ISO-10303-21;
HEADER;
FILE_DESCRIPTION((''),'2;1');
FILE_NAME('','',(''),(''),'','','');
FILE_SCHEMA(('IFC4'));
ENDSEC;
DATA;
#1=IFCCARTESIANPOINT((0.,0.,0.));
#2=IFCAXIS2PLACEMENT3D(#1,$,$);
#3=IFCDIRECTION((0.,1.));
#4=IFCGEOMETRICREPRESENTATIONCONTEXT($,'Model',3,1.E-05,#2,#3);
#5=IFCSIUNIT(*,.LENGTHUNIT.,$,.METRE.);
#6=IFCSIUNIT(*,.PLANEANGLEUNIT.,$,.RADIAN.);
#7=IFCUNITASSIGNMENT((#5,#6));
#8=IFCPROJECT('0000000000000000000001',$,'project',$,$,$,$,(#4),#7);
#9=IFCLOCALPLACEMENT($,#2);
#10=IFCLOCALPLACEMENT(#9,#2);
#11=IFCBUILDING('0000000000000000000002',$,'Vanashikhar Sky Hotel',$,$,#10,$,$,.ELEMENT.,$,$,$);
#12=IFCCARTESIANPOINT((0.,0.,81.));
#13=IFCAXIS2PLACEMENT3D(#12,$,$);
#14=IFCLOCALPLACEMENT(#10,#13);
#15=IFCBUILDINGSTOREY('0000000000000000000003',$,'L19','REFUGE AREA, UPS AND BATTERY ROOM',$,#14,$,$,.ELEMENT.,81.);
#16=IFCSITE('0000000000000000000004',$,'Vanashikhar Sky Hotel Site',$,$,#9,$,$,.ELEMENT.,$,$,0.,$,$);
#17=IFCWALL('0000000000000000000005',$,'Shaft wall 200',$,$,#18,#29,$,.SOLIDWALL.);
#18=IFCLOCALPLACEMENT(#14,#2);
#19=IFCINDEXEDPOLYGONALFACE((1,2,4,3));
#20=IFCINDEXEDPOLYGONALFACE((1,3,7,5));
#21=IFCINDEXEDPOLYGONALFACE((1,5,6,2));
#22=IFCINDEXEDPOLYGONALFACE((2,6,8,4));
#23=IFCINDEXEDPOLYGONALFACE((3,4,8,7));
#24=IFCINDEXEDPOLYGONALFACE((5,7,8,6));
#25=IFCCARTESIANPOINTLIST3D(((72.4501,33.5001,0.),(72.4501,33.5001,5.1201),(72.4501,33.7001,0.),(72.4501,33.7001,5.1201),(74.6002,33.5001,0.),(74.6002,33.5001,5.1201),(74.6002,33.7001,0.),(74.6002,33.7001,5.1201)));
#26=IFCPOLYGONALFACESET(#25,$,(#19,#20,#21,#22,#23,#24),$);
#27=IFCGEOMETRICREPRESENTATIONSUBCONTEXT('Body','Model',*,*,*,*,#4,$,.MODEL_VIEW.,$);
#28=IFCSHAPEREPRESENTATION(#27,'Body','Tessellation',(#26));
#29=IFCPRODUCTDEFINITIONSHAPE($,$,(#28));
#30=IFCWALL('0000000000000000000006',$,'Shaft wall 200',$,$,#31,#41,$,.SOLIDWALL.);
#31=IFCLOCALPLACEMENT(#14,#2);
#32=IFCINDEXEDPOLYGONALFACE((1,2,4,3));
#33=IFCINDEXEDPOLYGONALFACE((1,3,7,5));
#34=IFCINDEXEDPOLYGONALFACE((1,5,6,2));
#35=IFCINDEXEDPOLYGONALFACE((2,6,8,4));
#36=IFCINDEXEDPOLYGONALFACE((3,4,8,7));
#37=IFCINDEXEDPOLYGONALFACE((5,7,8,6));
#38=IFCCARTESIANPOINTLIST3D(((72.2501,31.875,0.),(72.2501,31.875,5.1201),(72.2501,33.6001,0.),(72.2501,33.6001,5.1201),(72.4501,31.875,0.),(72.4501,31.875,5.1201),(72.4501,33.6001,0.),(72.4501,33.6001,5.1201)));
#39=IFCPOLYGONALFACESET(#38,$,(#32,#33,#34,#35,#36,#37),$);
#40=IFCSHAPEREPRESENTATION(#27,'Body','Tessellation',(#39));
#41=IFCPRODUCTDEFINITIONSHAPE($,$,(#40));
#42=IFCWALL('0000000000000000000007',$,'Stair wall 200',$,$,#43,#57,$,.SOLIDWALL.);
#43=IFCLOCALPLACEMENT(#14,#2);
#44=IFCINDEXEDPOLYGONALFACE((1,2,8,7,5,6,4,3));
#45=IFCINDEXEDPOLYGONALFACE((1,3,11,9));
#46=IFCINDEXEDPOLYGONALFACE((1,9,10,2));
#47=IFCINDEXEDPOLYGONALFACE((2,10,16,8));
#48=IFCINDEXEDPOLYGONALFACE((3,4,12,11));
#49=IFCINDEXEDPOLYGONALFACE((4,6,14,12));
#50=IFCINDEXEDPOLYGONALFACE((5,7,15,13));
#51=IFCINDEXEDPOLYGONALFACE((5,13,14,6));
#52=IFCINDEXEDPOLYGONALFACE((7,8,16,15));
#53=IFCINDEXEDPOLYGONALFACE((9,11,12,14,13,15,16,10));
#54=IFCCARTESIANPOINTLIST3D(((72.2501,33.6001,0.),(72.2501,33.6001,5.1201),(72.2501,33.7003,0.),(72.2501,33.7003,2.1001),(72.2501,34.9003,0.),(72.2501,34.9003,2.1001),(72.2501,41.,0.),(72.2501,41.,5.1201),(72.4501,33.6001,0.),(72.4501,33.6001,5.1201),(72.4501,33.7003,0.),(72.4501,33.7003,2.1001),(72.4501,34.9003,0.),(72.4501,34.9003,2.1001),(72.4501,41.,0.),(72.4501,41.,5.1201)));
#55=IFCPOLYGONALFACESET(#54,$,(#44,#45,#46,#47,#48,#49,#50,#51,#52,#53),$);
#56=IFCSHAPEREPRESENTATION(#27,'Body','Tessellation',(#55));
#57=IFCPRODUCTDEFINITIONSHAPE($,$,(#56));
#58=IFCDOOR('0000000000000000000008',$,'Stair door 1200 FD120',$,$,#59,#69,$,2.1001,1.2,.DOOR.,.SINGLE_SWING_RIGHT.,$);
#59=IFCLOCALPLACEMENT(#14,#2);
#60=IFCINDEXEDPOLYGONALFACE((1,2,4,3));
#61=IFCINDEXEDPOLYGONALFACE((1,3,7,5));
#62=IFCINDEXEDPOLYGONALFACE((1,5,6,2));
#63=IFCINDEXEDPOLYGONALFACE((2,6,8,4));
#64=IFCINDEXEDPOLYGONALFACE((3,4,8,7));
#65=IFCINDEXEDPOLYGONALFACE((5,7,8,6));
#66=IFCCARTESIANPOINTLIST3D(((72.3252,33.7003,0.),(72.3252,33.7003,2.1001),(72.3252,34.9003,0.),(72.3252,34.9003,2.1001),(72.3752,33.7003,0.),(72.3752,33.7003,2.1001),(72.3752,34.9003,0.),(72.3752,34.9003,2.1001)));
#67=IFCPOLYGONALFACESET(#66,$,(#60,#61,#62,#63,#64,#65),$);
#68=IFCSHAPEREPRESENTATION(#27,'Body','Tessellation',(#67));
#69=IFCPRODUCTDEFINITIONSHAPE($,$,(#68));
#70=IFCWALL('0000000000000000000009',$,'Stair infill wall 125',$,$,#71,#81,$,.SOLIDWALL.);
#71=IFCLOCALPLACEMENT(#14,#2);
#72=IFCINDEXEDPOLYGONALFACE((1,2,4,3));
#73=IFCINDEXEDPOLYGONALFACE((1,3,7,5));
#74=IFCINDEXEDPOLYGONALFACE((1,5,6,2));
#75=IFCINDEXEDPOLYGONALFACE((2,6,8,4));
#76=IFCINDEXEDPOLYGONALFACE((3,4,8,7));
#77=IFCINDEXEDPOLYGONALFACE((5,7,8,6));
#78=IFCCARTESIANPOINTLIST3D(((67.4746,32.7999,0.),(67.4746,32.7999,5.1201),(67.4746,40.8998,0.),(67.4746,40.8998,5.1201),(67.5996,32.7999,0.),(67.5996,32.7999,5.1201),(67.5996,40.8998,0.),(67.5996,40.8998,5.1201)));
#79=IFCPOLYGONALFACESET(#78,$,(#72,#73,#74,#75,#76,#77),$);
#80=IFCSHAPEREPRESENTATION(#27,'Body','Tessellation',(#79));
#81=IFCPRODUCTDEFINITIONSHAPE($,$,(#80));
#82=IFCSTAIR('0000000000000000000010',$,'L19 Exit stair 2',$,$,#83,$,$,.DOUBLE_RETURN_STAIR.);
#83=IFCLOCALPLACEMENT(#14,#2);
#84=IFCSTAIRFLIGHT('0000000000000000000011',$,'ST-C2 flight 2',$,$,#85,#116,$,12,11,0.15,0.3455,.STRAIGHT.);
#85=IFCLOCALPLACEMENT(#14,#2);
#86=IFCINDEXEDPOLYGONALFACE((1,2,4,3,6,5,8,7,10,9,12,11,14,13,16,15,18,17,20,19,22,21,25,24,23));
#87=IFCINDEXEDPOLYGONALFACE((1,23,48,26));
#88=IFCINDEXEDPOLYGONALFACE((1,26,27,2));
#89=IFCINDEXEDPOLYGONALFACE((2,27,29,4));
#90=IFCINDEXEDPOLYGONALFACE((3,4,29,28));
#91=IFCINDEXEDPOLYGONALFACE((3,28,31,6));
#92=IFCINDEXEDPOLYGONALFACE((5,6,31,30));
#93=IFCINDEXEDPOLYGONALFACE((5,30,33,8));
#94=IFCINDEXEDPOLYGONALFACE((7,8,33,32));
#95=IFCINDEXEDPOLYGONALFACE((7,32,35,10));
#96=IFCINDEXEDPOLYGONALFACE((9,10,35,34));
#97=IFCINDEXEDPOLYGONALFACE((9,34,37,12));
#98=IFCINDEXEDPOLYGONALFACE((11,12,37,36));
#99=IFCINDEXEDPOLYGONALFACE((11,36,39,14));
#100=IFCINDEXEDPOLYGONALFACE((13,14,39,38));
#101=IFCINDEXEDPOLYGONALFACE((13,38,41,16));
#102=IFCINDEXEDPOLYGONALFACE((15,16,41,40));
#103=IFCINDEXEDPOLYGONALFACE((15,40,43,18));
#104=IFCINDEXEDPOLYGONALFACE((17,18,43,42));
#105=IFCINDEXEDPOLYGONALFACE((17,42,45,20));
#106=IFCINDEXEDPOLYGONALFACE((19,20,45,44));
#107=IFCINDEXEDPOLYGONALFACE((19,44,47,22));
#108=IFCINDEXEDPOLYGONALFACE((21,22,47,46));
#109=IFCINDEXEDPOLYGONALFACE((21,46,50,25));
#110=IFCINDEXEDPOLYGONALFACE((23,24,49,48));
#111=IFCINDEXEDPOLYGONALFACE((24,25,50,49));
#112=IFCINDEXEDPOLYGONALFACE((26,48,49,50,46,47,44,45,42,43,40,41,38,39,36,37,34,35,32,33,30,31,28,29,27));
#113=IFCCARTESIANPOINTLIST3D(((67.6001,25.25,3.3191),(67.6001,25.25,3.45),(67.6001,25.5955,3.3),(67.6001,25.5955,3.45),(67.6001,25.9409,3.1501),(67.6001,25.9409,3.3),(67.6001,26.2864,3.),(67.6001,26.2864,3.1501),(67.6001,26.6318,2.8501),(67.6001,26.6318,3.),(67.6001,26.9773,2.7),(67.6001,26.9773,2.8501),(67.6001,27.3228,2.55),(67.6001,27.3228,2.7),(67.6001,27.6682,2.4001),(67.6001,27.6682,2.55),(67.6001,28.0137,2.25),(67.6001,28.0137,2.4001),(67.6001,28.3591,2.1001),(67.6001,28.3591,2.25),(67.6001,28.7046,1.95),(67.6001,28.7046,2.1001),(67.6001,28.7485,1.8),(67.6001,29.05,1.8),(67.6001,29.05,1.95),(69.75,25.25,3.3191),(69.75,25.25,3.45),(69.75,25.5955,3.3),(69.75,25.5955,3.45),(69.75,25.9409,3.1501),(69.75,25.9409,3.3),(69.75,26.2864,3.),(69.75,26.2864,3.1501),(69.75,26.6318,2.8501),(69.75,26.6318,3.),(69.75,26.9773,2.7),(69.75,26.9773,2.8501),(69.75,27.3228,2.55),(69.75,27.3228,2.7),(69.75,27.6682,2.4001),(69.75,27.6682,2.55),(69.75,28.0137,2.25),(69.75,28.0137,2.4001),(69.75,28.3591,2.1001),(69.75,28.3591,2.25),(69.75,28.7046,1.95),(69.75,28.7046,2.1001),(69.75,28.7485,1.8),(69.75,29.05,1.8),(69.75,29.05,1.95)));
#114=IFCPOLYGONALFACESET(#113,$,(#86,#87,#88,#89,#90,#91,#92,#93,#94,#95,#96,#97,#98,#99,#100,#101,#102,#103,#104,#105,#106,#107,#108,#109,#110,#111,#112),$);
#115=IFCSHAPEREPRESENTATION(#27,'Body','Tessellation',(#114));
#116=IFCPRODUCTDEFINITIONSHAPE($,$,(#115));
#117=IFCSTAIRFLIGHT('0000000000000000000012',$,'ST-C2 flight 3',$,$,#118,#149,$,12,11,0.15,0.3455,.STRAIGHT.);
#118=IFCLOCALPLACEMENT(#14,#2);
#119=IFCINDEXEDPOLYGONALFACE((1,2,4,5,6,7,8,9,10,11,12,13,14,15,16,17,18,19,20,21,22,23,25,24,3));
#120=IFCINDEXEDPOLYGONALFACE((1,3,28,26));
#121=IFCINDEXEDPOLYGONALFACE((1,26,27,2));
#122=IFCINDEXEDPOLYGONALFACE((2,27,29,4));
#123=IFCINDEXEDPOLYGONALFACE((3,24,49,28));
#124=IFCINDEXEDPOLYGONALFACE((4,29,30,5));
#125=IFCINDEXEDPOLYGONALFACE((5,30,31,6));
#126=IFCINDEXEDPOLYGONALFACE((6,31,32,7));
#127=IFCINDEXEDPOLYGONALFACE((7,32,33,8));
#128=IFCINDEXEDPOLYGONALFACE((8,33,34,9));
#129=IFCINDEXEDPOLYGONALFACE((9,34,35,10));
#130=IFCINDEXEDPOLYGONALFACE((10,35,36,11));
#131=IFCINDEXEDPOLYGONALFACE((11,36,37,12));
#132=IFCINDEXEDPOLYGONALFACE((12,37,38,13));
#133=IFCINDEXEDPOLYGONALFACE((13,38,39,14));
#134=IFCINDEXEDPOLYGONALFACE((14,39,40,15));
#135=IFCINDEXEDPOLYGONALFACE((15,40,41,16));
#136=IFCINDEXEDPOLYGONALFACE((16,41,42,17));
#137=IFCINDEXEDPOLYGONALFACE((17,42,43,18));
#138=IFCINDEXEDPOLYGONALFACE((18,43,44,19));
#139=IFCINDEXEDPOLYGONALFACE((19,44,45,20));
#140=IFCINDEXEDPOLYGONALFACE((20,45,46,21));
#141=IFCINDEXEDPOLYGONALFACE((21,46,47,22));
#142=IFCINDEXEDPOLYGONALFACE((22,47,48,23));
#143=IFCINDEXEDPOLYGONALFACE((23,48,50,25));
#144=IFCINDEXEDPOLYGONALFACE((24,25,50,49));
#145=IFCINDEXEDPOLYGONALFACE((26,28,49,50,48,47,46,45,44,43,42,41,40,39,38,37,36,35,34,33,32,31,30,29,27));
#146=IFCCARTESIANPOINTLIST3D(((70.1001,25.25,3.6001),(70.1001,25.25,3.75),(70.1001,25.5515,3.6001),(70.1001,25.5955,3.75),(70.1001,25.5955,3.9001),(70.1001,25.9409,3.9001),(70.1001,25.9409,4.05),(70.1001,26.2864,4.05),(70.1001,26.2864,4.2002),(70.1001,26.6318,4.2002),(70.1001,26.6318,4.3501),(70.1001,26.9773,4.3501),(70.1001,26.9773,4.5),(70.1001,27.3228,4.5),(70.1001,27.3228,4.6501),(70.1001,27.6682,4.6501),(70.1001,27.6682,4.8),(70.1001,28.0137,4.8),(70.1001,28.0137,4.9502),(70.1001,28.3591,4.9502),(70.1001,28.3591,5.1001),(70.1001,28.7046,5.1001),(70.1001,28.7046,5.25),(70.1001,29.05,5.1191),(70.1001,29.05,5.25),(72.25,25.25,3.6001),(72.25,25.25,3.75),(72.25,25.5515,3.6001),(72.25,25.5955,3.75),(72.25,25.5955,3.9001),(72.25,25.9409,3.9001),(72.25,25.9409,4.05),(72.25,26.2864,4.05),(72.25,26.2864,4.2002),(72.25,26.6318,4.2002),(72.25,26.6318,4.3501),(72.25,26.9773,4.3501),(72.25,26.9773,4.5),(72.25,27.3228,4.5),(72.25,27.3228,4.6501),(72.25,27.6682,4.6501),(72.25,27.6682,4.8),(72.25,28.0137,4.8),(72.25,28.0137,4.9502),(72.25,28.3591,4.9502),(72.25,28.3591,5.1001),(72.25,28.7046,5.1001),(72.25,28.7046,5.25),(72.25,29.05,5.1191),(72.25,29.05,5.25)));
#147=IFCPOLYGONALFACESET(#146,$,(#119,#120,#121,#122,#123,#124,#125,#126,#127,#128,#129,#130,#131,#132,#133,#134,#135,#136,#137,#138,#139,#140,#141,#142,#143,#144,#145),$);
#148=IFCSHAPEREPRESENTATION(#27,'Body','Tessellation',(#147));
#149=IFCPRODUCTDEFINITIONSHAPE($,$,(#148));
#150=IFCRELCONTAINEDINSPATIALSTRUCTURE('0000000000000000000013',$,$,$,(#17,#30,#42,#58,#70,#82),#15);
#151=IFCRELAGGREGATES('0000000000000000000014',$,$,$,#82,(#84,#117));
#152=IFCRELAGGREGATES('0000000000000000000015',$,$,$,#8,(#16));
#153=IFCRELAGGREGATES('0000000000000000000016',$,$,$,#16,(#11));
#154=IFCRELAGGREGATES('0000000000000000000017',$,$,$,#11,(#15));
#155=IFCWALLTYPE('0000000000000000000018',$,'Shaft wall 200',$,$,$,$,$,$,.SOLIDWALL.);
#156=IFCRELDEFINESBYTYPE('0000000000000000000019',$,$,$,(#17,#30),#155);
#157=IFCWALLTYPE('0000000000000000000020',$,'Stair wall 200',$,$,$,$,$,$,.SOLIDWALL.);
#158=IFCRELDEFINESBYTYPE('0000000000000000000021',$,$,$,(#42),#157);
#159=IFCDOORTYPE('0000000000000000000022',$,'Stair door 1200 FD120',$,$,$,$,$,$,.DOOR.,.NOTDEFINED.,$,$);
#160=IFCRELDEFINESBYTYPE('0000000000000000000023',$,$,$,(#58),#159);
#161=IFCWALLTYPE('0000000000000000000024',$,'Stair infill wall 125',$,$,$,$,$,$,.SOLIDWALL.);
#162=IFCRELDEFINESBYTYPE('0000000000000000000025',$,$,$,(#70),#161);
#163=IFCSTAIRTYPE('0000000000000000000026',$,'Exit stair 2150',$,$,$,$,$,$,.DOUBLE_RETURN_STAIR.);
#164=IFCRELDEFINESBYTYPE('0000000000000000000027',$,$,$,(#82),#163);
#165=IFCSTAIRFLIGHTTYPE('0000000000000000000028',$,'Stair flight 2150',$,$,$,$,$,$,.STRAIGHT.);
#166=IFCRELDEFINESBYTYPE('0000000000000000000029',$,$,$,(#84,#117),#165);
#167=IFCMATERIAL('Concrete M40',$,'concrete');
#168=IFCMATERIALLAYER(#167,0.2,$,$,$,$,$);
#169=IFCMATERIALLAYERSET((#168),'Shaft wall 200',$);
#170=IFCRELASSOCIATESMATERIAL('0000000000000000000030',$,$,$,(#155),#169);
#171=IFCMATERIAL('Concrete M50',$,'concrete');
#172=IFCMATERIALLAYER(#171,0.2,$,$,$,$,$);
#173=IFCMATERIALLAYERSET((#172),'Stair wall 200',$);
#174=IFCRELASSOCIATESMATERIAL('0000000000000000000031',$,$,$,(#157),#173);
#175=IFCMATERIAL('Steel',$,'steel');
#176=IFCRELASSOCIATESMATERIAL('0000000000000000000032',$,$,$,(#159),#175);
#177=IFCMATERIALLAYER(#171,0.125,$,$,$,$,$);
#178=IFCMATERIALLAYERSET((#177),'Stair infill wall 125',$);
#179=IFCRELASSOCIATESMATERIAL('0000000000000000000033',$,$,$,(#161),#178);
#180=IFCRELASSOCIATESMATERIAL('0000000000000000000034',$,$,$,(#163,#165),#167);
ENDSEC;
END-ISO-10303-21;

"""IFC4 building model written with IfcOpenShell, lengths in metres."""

from ifc_helpers import new_model, si_unit, direction, frame, frame_2d, origin, place, context, subcontext, project, spatial, polyline, rectangle, outline, extrude, source, transform, mapped, material, layer, layer_set, type_object, element, fill, aggregate, save


model = new_model("IFC4")

# Units and contexts
model_context = context("Model", 3, precision=1e-05, world=origin(), true_north=direction((0.0, 1.0)))
body_context = subcontext(model_context, "Body", "Model", "MODEL_VIEW")
ifc_project = project(units=[si_unit("LENGTHUNIT", "METRE"), si_unit("PLANEANGLEUNIT", "RADIAN")], contexts=[model_context])

# Site, building, storey
site_placement = place(None, origin())
site = spatial("IfcSite", under=ifc_project, at=site_placement, Name="Vanashikhar Sky Hotel Site", CompositionType="ELEMENT", RefElevation=0.0)
building_placement = place(site_placement, origin())
building = spatial("IfcBuilding", under=site, at=building_placement, Name="Vanashikhar Sky Hotel", CompositionType="ELEMENT")
storey_placement = place(building_placement, frame((0.0, 0.0, 81.0)))
storey = spatial("IfcBuildingStorey", under=building, at=storey_placement, Name="L19", Description="REFUGE AREA, UPS AND BATTERY ROOM", CompositionType="ELEMENT", Elevation=81.0)

# Walls
ifc_material_1 = material(Name="Concrete M40", Category="concrete")
ifc_layer_1 = layer(ifc_material_1, 0.2)
ifc_layer_set_1 = layer_set([ifc_layer_1], Name="Shaft wall 200")
wall_type_1 = type_object("IfcWallType", Name="Shaft wall 200", PredefinedType="SOLIDWALL", material=ifc_layer_set_1)
shared_shape_1 = source(origin(), body_context, "Body", "SweptSolid", [
    extrude(rectangle(XDim=2.1501, YDim=0.2, at=frame_2d((1.0752, 0.0))), origin(), (0.0, 0.0, 1.0), 5.1201),
])
wall_1_placement = place(storey_placement, frame((72.45, 33.6001, 0.0), z_axis=(0.0, 0.0, 1.0), x_axis=(1.0, 0.0, 0.0)))
element("IfcWall", 1, at=wall_1_placement, inside=storey, type_object=wall_type_1, Name="Shaft wall 200", PredefinedType="SOLIDWALL", context=body_context, shape_type="MappedRepresentation", body=[
    mapped(shared_shape_1, transform((0.0, 0.0, 0.0), scale=1.0)),
])
shared_shape_2 = source(origin(), body_context, "Body", "SweptSolid", [
    extrude(rectangle(XDim=1.7251, YDim=0.2, at=frame_2d((0.8625, 0.0))), origin(), (0.0, 0.0, 1.0), 5.1201),
])
wall_2_placement = place(storey_placement, frame((72.3501, 31.875, 0.0), z_axis=(0.0, 0.0, 1.0), x_axis=(0.0, 1.0, 0.0)))
element("IfcWall", 2, at=wall_2_placement, inside=storey, type_object=wall_type_1, Name="Shaft wall 200", PredefinedType="SOLIDWALL", context=body_context, shape_type="MappedRepresentation", body=[
    mapped(shared_shape_2, transform((0.0, 0.0, 0.0), scale=1.0)),
])

# Wall, opening, door
ifc_material_2 = material(Name="Concrete M50", Category="concrete")
ifc_layer_2 = layer(ifc_material_2, 0.2)
ifc_layer_set_2 = layer_set([ifc_layer_2], Name="Stair wall 200")
wall_type_2 = type_object("IfcWallType", Name="Stair wall 200", PredefinedType="SOLIDWALL", material=ifc_layer_set_2)
shared_shape_3 = source(origin(), body_context, "Body", "SweptSolid", [
    extrude(rectangle(XDim=7.3999, YDim=0.2, at=frame_2d((3.7, 0.0))), origin(), (0.0, 0.0, 1.0), 5.1201),
])
wall_3_placement = place(storey_placement, frame((72.3501, 33.6001, 0.0), z_axis=(0.0, 0.0, 1.0), x_axis=(0.0, 1.0, 0.0)))
wall_3 = element("IfcWall", 3, at=wall_3_placement, inside=storey, type_object=wall_type_2, Name="Stair wall 200", PredefinedType="SOLIDWALL", context=body_context, shape_type="MappedRepresentation", body=[
    mapped(shared_shape_3, transform((0.0, 0.0, 0.0), scale=1.0)),
])
shared_shape_4 = source(origin(), body_context, "Body", "SweptSolid", [
    extrude(rectangle(XDim=1.2, YDim=2.1001, at=frame_2d((0.6001, 1.05))), frame((0.0, 0.1099, 0.0), z_axis=(0.0, -1.0, 0.0), x_axis=(1.0, 0.0, 0.0)), (0.0, 0.0, 1.0), 0.22),
])
opening_placement = place(wall_3_placement, frame((0.1001, 0.0, 0.0)))
opening = element("IfcOpeningElement", 4, at=opening_placement, cuts=wall_3, PredefinedType="OPENING", context=body_context, shape_type="MappedRepresentation", body=[
    mapped(shared_shape_4, transform((0.0, 0.0, 0.0), scale=1.0)),
])
ifc_material_3 = material(Name="Steel", Category="steel")
door_type = type_object("IfcDoorType", Name="Stair door 1200 FD120", OperationType="NOTDEFINED", PredefinedType="DOOR", material=ifc_material_3)
shared_shape_5 = source(origin(), body_context, "Body", "SweptSolid", [
    extrude(rectangle(XDim=1.2, YDim=2.1001, at=frame_2d((0.6001, 1.05))), frame((0.0, 0.0249, 0.0), z_axis=(0.0, -1.0, 0.0), x_axis=(1.0, 0.0, 0.0)), (0.0, 0.0, 1.0), 0.05),
])
door_placement = place(opening_placement, origin())
door = element("IfcDoor", 5, at=door_placement, inside=storey, type_object=door_type, Name="Stair door 1200 FD120", OperationType="SINGLE_SWING_RIGHT", OverallHeight=2.1001, OverallWidth=1.2, PredefinedType="DOOR", context=body_context, shape_type="MappedRepresentation", body=[
    mapped(shared_shape_5, transform((0.0, 0.0, 0.0), scale=1.0)),
])
fill(opening, door)

# Wall
ifc_layer_3 = layer(ifc_material_2, 0.125)
ifc_layer_set_3 = layer_set([ifc_layer_3], Name="Stair infill wall 125")
wall_type_3 = type_object("IfcWallType", Name="Stair infill wall 125", PredefinedType="SOLIDWALL", material=ifc_layer_set_3)
shared_shape_6 = source(origin(), body_context, "Body", "SweptSolid", [
    extrude(rectangle(XDim=8.0999, YDim=0.125, at=frame_2d((4.0498, 0.0))), origin(), (0.0, 0.0, 1.0), 5.1201),
])
wall_4_placement = place(storey_placement, frame((67.5371, 32.8, 0.0), z_axis=(0.0, 0.0, 1.0), x_axis=(0.0, 1.0, 0.0)))
element("IfcWall", 6, at=wall_4_placement, inside=storey, type_object=wall_type_3, Name="Stair infill wall 125", PredefinedType="SOLIDWALL", context=body_context, shape_type="MappedRepresentation", body=[
    mapped(shared_shape_6, transform((0.0, 0.0, 0.0), scale=1.0)),
])

# Stair, stair flights
stair_type = type_object("IfcStairType", Name="Exit stair 2150", PredefinedType="DOUBLE_RETURN_STAIR", material=ifc_material_1)
stair_1_placement = place(storey_placement, origin())
stair_1 = element("IfcStair", 7, at=stair_1_placement, inside=storey, type_object=stair_type, Name="L19 Exit stair 2", PredefinedType="DOUBLE_RETURN_STAIR")
stair_flight_type = type_object("IfcStairFlightType", Name="Stair flight 2150", PredefinedType="STRAIGHT", material=ifc_material_1)
shared_shape_7 = source(origin(), body_context, "Body", "SweptSolid", [
    extrude(outline(polyline([(0.0, 0.0), (0.0, 0.1499), (0.3455, 0.1499), (0.3455, 0.3), (0.6909, 0.3), (0.6909, 0.45), (1.0364, 0.45), (1.0364, 0.6001), (1.3818, 0.6001), (1.3818, 0.75), (1.7273, 0.75), (1.7273, 0.8999), (2.0728, 0.8999), (2.0728, 1.05), (2.4182, 1.05), (2.4182, 1.2), (2.7637, 1.2), (2.7637, 1.3501), (3.1091, 1.3501), (3.1091, 1.5), (3.4546, 1.5), (3.4546, 1.6499), (3.8, 1.6499), (3.8, 1.8), (3.8, 1.519), (0.3015, 0.0), (0.0, 0.0)])), frame((0.0, 1.075, 0.0), z_axis=(0.0, -1.0, 0.0), x_axis=(1.0, 0.0, 0.0)), (0.0, 0.0, 1.0), 2.1499),
])
stair_flight_1_placement = place(storey_placement, frame((68.675, 29.05, 1.8), z_axis=(0.0, 0.0, 1.0), x_axis=(0.0, -1.0, 0.0)))
stair_flight_1 = element("IfcStairFlight", 8, at=stair_flight_1_placement, type_object=stair_flight_type, Name="ST-C2 flight 2", NumberOfRisers=12, NumberOfTreads=11, PredefinedType="STRAIGHT", RiserHeight=0.15, TreadLength=0.3455, context=body_context, shape_type="MappedRepresentation", body=[
    mapped(shared_shape_7, transform((0.0, 0.0, 0.0), scale=1.0)),
])
stair_flight_2_placement = place(storey_placement, frame((71.175, 25.25, 3.6001), z_axis=(0.0, 0.0, 1.0), x_axis=(0.0, 1.0, 0.0)))
stair_flight_2 = element("IfcStairFlight", 9, at=stair_flight_2_placement, type_object=stair_flight_type, Name="ST-C2 flight 3", NumberOfRisers=12, NumberOfTreads=11, PredefinedType="STRAIGHT", RiserHeight=0.15, TreadLength=0.3455, context=body_context, shape_type="MappedRepresentation", body=[
    mapped(shared_shape_7, transform((0.0, 0.0, 0.0), scale=1.0)),
])
aggregate(stair_1, [stair_flight_1, stair_flight_2])

save(model, "model.ifc")
